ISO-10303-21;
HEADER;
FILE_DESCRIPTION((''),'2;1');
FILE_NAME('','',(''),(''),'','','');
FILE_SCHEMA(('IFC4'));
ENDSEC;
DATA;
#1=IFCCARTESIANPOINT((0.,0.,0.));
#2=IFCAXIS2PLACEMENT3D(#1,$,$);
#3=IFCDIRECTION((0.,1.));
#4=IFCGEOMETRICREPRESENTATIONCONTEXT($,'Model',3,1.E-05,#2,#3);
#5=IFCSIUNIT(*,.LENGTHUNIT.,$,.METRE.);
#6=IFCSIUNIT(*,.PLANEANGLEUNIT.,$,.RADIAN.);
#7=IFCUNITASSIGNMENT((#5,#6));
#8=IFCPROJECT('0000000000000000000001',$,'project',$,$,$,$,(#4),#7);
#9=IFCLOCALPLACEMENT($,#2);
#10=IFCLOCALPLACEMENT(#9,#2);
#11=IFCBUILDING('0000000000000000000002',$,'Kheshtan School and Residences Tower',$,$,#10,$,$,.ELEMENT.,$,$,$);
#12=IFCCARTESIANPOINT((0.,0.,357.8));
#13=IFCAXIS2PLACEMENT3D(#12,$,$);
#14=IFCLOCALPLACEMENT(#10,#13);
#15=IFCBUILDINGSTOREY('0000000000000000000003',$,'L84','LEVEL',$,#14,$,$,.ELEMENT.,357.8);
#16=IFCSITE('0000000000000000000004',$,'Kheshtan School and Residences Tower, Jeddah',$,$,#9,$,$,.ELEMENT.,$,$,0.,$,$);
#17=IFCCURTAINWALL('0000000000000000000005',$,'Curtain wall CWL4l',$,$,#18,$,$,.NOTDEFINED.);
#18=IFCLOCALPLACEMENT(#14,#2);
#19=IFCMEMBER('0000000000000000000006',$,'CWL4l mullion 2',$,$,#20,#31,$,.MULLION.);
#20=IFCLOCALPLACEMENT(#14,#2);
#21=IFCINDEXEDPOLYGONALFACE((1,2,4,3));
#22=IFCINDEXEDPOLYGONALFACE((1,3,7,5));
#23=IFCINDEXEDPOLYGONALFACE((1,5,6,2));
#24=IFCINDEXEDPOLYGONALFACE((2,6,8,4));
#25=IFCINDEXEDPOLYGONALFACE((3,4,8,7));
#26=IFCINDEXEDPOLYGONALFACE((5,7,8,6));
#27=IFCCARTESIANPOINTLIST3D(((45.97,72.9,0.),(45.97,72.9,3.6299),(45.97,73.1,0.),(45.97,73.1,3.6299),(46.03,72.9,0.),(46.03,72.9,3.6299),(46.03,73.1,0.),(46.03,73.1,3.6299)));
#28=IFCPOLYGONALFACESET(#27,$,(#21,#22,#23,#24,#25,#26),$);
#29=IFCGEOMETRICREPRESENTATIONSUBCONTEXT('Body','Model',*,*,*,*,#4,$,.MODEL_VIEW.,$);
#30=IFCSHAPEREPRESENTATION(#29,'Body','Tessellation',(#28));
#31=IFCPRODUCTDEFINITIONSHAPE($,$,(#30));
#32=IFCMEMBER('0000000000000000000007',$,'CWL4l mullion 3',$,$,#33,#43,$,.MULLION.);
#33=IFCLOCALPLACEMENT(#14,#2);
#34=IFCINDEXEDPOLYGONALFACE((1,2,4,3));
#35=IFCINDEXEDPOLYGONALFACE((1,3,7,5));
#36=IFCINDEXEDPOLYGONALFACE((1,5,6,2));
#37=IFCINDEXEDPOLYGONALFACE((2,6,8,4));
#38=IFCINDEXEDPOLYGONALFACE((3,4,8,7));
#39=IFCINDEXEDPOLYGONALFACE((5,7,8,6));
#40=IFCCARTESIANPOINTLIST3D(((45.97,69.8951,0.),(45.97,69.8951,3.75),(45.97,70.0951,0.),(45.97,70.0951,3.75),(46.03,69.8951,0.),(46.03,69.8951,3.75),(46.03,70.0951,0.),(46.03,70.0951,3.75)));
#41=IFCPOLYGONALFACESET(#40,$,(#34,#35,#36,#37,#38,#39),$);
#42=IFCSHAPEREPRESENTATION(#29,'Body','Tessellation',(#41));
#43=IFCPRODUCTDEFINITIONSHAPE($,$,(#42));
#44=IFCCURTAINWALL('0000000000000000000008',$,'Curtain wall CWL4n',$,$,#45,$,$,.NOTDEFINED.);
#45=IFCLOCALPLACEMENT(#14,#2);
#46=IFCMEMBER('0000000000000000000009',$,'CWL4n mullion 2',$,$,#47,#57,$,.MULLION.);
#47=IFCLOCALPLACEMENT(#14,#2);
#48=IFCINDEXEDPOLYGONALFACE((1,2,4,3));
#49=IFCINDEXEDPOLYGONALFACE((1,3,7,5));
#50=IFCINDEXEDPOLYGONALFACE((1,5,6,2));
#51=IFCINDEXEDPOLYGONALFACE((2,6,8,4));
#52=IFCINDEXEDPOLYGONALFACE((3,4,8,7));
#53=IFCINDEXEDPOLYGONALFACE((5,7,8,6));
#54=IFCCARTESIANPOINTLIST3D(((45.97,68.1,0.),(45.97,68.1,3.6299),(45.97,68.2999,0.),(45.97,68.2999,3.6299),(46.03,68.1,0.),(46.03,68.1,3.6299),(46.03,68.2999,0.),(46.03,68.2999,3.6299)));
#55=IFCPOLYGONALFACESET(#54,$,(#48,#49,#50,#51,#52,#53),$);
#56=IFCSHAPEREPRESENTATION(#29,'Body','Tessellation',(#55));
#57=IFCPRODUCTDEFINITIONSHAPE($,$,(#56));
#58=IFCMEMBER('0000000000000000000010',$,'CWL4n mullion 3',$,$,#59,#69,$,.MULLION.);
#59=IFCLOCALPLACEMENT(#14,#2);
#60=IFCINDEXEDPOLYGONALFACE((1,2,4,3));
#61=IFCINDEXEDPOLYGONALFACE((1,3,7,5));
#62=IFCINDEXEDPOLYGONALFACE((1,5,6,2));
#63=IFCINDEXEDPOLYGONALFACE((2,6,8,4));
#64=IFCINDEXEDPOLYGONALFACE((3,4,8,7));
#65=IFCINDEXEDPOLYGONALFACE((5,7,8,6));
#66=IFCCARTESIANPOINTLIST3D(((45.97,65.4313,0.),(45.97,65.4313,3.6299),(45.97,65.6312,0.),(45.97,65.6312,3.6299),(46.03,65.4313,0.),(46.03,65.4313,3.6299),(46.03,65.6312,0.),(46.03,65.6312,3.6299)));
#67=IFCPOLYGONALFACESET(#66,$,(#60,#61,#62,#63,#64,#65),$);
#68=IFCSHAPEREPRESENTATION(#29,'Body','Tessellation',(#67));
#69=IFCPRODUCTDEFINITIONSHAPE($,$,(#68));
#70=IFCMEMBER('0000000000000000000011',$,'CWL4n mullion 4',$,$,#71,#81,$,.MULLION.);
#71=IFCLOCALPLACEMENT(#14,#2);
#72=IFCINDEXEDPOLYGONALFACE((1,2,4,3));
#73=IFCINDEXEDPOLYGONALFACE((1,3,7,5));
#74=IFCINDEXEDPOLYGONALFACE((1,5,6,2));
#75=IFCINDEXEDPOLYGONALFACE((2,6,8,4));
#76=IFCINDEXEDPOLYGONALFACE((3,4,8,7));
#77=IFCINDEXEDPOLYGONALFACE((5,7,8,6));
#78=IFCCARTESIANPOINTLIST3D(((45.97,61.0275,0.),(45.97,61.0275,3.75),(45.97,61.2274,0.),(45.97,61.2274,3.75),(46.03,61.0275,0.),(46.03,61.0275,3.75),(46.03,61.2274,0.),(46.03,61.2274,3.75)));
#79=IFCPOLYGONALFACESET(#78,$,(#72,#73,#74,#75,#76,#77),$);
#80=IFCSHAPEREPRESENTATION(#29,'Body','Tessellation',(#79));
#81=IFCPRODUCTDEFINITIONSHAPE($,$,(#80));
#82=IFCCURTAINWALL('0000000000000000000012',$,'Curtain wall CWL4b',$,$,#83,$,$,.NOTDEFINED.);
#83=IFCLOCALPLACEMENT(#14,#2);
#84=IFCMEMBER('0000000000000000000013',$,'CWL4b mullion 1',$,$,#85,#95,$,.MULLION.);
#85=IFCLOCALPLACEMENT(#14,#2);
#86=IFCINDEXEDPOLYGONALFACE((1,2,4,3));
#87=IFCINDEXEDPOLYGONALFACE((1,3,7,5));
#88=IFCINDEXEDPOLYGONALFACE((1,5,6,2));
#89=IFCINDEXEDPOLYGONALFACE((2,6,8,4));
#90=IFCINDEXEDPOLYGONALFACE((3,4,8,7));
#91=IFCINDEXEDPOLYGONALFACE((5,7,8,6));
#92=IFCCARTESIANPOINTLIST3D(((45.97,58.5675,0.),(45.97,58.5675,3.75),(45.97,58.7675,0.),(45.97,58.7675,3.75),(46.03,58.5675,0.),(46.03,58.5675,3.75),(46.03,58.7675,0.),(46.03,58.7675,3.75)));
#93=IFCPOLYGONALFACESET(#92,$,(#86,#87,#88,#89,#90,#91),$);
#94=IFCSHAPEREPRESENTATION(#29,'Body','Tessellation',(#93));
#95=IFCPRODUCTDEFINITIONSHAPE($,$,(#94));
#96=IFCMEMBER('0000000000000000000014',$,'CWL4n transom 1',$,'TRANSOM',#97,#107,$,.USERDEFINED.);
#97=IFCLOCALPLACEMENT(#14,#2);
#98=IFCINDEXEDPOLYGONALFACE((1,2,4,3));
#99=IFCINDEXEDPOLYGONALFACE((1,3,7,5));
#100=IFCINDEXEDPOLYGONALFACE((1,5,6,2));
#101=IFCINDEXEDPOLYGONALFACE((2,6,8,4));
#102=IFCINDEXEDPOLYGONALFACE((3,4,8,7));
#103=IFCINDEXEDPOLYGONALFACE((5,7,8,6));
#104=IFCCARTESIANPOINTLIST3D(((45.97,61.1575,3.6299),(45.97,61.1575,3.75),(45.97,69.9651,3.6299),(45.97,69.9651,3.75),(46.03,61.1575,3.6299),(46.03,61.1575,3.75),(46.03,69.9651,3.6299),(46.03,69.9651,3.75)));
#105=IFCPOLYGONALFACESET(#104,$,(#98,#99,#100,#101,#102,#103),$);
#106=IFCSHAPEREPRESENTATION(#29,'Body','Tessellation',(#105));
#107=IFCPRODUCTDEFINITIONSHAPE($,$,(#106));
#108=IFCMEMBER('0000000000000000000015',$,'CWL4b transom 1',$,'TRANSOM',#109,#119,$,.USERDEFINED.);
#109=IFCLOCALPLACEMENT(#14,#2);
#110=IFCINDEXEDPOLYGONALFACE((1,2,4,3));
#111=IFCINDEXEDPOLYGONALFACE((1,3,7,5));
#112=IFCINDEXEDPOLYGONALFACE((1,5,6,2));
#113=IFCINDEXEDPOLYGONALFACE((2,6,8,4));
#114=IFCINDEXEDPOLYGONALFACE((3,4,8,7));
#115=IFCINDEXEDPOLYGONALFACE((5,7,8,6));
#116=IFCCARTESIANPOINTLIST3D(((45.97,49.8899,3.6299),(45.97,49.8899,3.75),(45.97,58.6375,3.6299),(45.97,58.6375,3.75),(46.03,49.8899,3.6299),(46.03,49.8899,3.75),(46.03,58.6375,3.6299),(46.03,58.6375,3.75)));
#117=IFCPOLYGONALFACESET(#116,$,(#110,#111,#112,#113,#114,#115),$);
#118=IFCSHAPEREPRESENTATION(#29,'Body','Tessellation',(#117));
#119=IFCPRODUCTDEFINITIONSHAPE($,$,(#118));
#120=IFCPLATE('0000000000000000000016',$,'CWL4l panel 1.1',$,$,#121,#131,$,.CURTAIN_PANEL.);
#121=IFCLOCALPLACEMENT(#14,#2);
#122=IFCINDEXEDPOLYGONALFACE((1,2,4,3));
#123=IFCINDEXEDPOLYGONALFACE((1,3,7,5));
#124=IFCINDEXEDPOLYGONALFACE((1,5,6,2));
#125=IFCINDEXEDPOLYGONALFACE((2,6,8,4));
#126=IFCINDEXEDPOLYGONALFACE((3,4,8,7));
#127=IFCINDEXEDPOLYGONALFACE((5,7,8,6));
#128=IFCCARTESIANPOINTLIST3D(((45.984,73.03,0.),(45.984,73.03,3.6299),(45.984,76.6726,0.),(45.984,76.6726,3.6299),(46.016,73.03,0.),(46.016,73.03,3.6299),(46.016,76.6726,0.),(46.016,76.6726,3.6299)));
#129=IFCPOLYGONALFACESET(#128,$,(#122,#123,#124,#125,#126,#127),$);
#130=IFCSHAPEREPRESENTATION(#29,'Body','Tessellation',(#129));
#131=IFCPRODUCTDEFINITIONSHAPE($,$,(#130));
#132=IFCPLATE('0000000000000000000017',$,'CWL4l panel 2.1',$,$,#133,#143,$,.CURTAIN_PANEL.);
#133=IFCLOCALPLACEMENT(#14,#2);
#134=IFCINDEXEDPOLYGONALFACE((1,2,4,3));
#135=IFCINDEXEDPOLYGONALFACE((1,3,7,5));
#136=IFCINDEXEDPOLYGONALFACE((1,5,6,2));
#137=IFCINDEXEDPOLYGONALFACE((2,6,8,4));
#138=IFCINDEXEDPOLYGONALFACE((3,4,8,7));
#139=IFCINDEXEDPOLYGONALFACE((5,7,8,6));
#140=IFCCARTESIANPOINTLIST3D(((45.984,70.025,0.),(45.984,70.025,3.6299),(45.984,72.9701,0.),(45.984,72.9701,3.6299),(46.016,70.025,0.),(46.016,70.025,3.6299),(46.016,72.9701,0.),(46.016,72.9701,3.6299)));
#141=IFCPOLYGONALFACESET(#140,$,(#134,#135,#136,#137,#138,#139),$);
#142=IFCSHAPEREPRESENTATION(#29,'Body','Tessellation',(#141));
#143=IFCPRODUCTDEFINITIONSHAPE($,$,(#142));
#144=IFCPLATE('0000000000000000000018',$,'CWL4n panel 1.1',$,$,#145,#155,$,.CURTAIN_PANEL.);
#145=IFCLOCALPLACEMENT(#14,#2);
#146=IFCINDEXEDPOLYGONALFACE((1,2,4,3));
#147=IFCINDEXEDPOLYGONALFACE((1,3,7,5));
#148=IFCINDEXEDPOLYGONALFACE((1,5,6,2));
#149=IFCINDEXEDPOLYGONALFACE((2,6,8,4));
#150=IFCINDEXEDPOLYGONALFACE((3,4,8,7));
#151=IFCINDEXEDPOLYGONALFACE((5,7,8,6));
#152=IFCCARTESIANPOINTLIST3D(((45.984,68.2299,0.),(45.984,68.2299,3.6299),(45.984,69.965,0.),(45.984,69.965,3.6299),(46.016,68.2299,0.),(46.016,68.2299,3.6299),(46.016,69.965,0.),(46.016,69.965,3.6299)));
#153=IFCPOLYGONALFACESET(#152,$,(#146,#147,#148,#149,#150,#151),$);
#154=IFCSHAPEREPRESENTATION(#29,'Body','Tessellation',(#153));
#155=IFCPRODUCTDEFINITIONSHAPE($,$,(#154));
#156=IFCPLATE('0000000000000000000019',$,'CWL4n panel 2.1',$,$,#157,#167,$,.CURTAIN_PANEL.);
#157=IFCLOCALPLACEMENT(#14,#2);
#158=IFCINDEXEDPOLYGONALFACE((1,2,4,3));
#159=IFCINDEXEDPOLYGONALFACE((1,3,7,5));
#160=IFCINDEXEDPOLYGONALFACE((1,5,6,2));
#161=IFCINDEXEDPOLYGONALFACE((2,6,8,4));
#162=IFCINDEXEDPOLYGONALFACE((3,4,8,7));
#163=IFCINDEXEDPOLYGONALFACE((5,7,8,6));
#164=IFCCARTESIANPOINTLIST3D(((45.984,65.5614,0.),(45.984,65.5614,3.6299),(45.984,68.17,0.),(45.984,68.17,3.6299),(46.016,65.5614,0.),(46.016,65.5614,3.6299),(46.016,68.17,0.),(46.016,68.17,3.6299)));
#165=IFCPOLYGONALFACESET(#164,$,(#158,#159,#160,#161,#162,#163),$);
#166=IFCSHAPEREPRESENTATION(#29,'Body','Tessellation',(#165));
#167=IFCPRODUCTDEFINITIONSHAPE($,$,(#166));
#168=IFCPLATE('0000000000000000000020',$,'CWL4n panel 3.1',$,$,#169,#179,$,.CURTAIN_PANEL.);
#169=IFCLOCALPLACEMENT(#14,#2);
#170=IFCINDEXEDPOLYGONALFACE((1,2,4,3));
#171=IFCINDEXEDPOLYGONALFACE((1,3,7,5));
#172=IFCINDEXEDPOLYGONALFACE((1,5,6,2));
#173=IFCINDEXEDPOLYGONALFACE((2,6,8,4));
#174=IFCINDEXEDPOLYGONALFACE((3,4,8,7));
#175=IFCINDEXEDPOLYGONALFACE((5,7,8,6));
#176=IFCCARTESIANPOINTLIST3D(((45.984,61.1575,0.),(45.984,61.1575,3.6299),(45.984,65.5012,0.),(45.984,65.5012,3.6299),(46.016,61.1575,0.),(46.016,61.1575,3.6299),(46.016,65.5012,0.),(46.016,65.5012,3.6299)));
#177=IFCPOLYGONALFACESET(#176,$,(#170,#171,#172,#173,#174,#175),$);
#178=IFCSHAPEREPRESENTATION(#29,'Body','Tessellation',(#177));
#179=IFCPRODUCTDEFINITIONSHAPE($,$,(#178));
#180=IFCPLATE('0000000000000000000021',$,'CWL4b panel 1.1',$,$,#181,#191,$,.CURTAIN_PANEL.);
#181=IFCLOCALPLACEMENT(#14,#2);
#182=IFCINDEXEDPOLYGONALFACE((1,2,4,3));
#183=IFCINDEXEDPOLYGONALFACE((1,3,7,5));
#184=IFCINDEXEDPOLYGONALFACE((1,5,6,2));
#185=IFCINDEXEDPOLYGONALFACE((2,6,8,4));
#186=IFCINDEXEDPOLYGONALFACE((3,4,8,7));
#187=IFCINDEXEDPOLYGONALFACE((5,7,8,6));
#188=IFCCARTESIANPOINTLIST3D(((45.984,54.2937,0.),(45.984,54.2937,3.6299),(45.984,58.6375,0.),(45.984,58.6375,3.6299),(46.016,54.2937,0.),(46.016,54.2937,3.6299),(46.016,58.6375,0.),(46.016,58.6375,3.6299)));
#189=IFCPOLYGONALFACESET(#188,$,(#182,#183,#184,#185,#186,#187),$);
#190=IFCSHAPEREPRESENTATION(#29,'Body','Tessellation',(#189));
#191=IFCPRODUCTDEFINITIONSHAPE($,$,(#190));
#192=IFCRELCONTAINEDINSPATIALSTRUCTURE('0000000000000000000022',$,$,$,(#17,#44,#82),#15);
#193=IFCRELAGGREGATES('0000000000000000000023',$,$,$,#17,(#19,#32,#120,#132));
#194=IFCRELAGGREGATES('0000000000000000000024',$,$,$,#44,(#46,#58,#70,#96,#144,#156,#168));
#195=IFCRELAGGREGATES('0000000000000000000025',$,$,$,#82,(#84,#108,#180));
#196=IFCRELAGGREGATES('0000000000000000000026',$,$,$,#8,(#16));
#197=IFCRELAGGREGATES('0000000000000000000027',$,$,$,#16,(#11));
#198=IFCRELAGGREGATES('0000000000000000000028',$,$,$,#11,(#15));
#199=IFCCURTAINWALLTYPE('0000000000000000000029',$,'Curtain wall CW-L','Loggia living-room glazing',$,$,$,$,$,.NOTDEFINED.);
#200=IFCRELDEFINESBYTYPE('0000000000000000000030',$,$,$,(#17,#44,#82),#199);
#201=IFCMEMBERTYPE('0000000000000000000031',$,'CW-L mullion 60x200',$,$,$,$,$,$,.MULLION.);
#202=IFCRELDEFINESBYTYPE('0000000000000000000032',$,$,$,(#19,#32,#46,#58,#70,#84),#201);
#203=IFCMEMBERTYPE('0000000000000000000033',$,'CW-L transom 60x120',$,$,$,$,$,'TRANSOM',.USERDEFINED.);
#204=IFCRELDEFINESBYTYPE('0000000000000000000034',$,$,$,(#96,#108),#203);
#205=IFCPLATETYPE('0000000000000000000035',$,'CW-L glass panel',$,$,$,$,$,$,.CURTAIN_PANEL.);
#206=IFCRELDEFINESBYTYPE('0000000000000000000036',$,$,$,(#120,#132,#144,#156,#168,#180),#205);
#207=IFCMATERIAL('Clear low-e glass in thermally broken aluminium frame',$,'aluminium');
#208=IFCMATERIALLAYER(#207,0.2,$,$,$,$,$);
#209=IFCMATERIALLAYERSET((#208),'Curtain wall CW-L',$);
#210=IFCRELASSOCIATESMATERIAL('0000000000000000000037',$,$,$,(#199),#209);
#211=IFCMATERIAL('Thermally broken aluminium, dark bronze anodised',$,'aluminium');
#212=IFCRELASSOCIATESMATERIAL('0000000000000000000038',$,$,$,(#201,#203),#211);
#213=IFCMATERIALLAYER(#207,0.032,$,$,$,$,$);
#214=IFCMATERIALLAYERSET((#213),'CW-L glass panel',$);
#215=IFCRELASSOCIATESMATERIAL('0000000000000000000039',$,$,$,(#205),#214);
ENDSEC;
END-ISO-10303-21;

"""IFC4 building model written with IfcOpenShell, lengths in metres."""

from ifc_helpers import new_model, si_unit, direction, frame, origin, origin_2d, place, context, subcontext, project, spatial, rectangle, extrude, material, layer, layer_set, material_profile, profile_set, type_object, element, aggregate, save


model = new_model("IFC4")

# Units and contexts
model_context = context("Model", 3, precision=1e-05, world=origin(), true_north=direction((0.0, 1.0)))
body_context = subcontext(model_context, "Body", "Model", "MODEL_VIEW")
ifc_project = project(units=[si_unit("LENGTHUNIT", "METRE"), si_unit("PLANEANGLEUNIT", "RADIAN")], contexts=[model_context])

# Site, building, storey
site_placement = place(None, origin())
site = spatial("IfcSite", under=ifc_project, at=site_placement, Name="Kheshtan School and Residences Tower, Jeddah", CompositionType="ELEMENT", RefElevation=0.0)
building_placement = place(site_placement, origin())
building = spatial("IfcBuilding", under=site, at=building_placement, Name="Kheshtan School and Residences Tower", CompositionType="ELEMENT")
storey_placement = place(building_placement, frame((0.0, 0.0, 357.8)))
storey = spatial("IfcBuildingStorey", under=building, at=storey_placement, Name="L84", Description="LEVEL", CompositionType="ELEMENT", Elevation=357.8)

# Curtain walls, members
ifc_material_1 = material(Name="Clear low-e glass in thermally broken aluminium frame", Category="aluminium")
ifc_layer_1 = layer(ifc_material_1, 0.2)
ifc_layer_set_1 = layer_set([ifc_layer_1], Name="Curtain wall CW-L")
curtain_wall_type = type_object("IfcCurtainWallType", Name="Curtain wall CW-L", Description="Loggia living-room glazing", PredefinedType="NOTDEFINED", material=ifc_layer_set_1)
curtain_wall_1_placement = place(storey_placement, origin())
curtain_wall_1 = element("IfcCurtainWall", 1, at=curtain_wall_1_placement, inside=storey, type_object=curtain_wall_type, Name="Curtain wall CWL4l", PredefinedType="NOTDEFINED")
ifc_material_2 = material(Name="Thermally broken aluminium, dark bronze anodised", Category="aluminium")
ifc_material_profile_1 = material_profile(ifc_material_2, rectangle(XDim=0.0601, YDim=0.2, at=origin_2d()), Name="CW-L mullion 60x200")
ifc_profile_set_1 = profile_set([ifc_material_profile_1], Name="Thermally broken aluminium, dark bronze anodised")
member_type_1 = type_object("IfcMemberType", Name="CW-L mullion 60x200", PredefinedType="MULLION", material=ifc_profile_set_1)
member_1_placement = place(storey_placement, frame((46.0, 73.0, 0.0), z_axis=(0.0, 0.0, 1.0), x_axis=(1.0, 0.0, 0.0)))
member_1 = element("IfcMember", 2, at=member_1_placement, type_object=member_type_1, Name="CWL4l mullion 2", PredefinedType="MULLION", context=body_context, shape_type="SweptSolid", body=[
    extrude(rectangle(XDim=0.0601, YDim=0.2, at=origin_2d()), origin(), (0.0, 0.0, 1.0), 3.6299),
])
member_2_placement = place(storey_placement, frame((46.0, 69.9951, 0.0), z_axis=(0.0, 0.0, 1.0), x_axis=(1.0, 0.0, 0.0)))
member_2 = element("IfcMember", 3, at=member_2_placement, type_object=member_type_1, Name="CWL4l mullion 3", PredefinedType="MULLION", context=body_context, shape_type="SweptSolid", body=[
    extrude(rectangle(XDim=0.0601, YDim=0.2, at=origin_2d()), origin(), (0.0, 0.0, 1.0), 3.75),
])
curtain_wall_2_placement = place(storey_placement, origin())
curtain_wall_2 = element("IfcCurtainWall", 4, at=curtain_wall_2_placement, inside=storey, type_object=curtain_wall_type, Name="Curtain wall CWL4n", PredefinedType="NOTDEFINED")
member_3_placement = place(storey_placement, frame((46.0, 68.2, 0.0), z_axis=(0.0, 0.0, 1.0), x_axis=(1.0, 0.0, 0.0)))
member_3 = element("IfcMember", 5, at=member_3_placement, type_object=member_type_1, Name="CWL4n mullion 2", PredefinedType="MULLION", context=body_context, shape_type="SweptSolid", body=[
    extrude(rectangle(XDim=0.0601, YDim=0.2, at=origin_2d()), origin(), (0.0, 0.0, 1.0), 3.6299),
])
member_4_placement = place(storey_placement, frame((46.0, 65.5312, 0.0), z_axis=(0.0, 0.0, 1.0), x_axis=(1.0, 0.0, 0.0)))
member_4 = element("IfcMember", 6, at=member_4_placement, type_object=member_type_1, Name="CWL4n mullion 3", PredefinedType="MULLION", context=body_context, shape_type="SweptSolid", body=[
    extrude(rectangle(XDim=0.0601, YDim=0.2, at=origin_2d()), origin(), (0.0, 0.0, 1.0), 3.6299),
])
member_5_placement = place(storey_placement, frame((46.0, 61.1274, 0.0), z_axis=(0.0, 0.0, 1.0), x_axis=(1.0, 0.0, 0.0)))
member_5 = element("IfcMember", 7, at=member_5_placement, type_object=member_type_1, Name="CWL4n mullion 4", PredefinedType="MULLION", context=body_context, shape_type="SweptSolid", body=[
    extrude(rectangle(XDim=0.0601, YDim=0.2, at=origin_2d()), origin(), (0.0, 0.0, 1.0), 3.75),
])

# Curtain wall, member
curtain_wall_3_placement = place(storey_placement, origin())
curtain_wall_3 = element("IfcCurtainWall", 8, at=curtain_wall_3_placement, inside=storey, type_object=curtain_wall_type, Name="Curtain wall CWL4b", PredefinedType="NOTDEFINED")
member_6_placement = place(storey_placement, frame((46.0, 58.6675, 0.0), z_axis=(0.0, 0.0, 1.0), x_axis=(1.0, 0.0, 0.0)))
member_6 = element("IfcMember", 9, at=member_6_placement, type_object=member_type_1, Name="CWL4b mullion 1", PredefinedType="MULLION", context=body_context, shape_type="SweptSolid", body=[
    extrude(rectangle(XDim=0.0601, YDim=0.2, at=origin_2d()), origin(), (0.0, 0.0, 1.0), 3.75),
])

# Members
ifc_material_profile_2 = material_profile(ifc_material_2, rectangle(XDim=0.0601, YDim=0.1201, at=origin_2d()), Name="CW-L transom 60x120")
ifc_profile_set_2 = profile_set([ifc_material_profile_2], Name="Thermally broken aluminium, dark bronze anodised")
member_type_2 = type_object("IfcMemberType", Name="CW-L transom 60x120", ElementType="TRANSOM", PredefinedType="USERDEFINED", material=ifc_profile_set_2)
member_7_placement = place(storey_placement, frame((46.0, 69.9651, 3.6899), z_axis=(0.0, -1.0, 0.0), x_axis=(1.0, 0.0, 0.0)))
member_7 = element("IfcMember", 10, at=member_7_placement, type_object=member_type_2, Name="CWL4n transom 1", ObjectType="TRANSOM", PredefinedType="USERDEFINED", context=body_context, shape_type="SweptSolid", body=[
    extrude(rectangle(XDim=0.0601, YDim=0.1201, at=origin_2d()), origin(), (0.0, 0.0, 1.0), 8.8076),
])
member_8_placement = place(storey_placement, frame((46.0, 58.6375, 3.6899), z_axis=(0.0, -1.0, 0.0), x_axis=(1.0, 0.0, 0.0)))
member_8 = element("IfcMember", 11, at=member_8_placement, type_object=member_type_2, Name="CWL4b transom 1", ObjectType="TRANSOM", PredefinedType="USERDEFINED", context=body_context, shape_type="SweptSolid", body=[
    extrude(rectangle(XDim=0.0601, YDim=0.1201, at=origin_2d()), origin(), (0.0, 0.0, 1.0), 8.7476),
])

# Plates
ifc_layer_2 = layer(ifc_material_1, 0.032)
ifc_layer_set_2 = layer_set([ifc_layer_2], Name="CW-L glass panel")
plate_type = type_object("IfcPlateType", Name="CW-L glass panel", PredefinedType="CURTAIN_PANEL", material=ifc_layer_set_2)
plate_1_placement = place(storey_placement, frame((46.0, 74.8513, 0.0), z_axis=(0.0, 0.0, 1.0), x_axis=(0.0, -1.0, 0.0)))
plate_1 = element("IfcPlate", 12, at=plate_1_placement, type_object=plate_type, Name="CWL4l panel 1.1", PredefinedType="CURTAIN_PANEL", context=body_context, shape_type="SweptSolid", body=[
    extrude(rectangle(XDim=3.6426, YDim=0.032, at=origin_2d()), origin(), (0.0, 0.0, 1.0), 3.6299),
])
plate_2_placement = place(storey_placement, frame((46.0, 71.4976, 0.0), z_axis=(0.0, 0.0, 1.0), x_axis=(0.0, -1.0, 0.0)))
plate_2 = element("IfcPlate", 13, at=plate_2_placement, type_object=plate_type, Name="CWL4l panel 2.1", PredefinedType="CURTAIN_PANEL", context=body_context, shape_type="SweptSolid", body=[
    extrude(rectangle(XDim=2.9451, YDim=0.032, at=origin_2d()), origin(), (0.0, 0.0, 1.0), 3.6299),
])
aggregate(curtain_wall_1, [member_1, member_2, plate_1, plate_2])
plate_3_placement = place(storey_placement, frame((46.0, 69.0974, 0.0), z_axis=(0.0, 0.0, 1.0), x_axis=(0.0, -1.0, 0.0)))
plate_3 = element("IfcPlate", 14, at=plate_3_placement, type_object=plate_type, Name="CWL4n panel 1.1", PredefinedType="CURTAIN_PANEL", context=body_context, shape_type="SweptSolid", body=[
    extrude(rectangle(XDim=1.7351, YDim=0.032, at=origin_2d()), origin(), (0.0, 0.0, 1.0), 3.6299),
])
plate_4_placement = place(storey_placement, frame((46.0, 66.8657, 0.0), z_axis=(0.0, 0.0, 1.0), x_axis=(0.0, -1.0, 0.0)))
plate_4 = element("IfcPlate", 15, at=plate_4_placement, type_object=plate_type, Name="CWL4n panel 2.1", PredefinedType="CURTAIN_PANEL", context=body_context, shape_type="SweptSolid", body=[
    extrude(rectangle(XDim=2.6086, YDim=0.032, at=origin_2d()), origin(), (0.0, 0.0, 1.0), 3.6299),
])
plate_5_placement = place(storey_placement, frame((46.0, 63.3293, 0.0), z_axis=(0.0, 0.0, 1.0), x_axis=(0.0, -1.0, 0.0)))
plate_5 = element("IfcPlate", 16, at=plate_5_placement, type_object=plate_type, Name="CWL4n panel 3.1", PredefinedType="CURTAIN_PANEL", context=body_context, shape_type="SweptSolid", body=[
    extrude(rectangle(XDim=4.3438, YDim=0.032, at=origin_2d()), origin(), (0.0, 0.0, 1.0), 3.6299),
])
aggregate(curtain_wall_2, [member_3, member_4, member_5, member_7, plate_3, plate_4, plate_5])
plate_6_placement = place(storey_placement, frame((46.0, 56.4656, 0.0), z_axis=(0.0, 0.0, 1.0), x_axis=(0.0, -1.0, 0.0)))
plate_6 = element("IfcPlate", 17, at=plate_6_placement, type_object=plate_type, Name="CWL4b panel 1.1", PredefinedType="CURTAIN_PANEL", context=body_context, shape_type="SweptSolid", body=[
    extrude(rectangle(XDim=4.3438, YDim=0.032, at=origin_2d()), origin(), (0.0, 0.0, 1.0), 3.6299),
])
aggregate(curtain_wall_3, [member_6, member_8, plate_6])

save(model, "model.ifc")
